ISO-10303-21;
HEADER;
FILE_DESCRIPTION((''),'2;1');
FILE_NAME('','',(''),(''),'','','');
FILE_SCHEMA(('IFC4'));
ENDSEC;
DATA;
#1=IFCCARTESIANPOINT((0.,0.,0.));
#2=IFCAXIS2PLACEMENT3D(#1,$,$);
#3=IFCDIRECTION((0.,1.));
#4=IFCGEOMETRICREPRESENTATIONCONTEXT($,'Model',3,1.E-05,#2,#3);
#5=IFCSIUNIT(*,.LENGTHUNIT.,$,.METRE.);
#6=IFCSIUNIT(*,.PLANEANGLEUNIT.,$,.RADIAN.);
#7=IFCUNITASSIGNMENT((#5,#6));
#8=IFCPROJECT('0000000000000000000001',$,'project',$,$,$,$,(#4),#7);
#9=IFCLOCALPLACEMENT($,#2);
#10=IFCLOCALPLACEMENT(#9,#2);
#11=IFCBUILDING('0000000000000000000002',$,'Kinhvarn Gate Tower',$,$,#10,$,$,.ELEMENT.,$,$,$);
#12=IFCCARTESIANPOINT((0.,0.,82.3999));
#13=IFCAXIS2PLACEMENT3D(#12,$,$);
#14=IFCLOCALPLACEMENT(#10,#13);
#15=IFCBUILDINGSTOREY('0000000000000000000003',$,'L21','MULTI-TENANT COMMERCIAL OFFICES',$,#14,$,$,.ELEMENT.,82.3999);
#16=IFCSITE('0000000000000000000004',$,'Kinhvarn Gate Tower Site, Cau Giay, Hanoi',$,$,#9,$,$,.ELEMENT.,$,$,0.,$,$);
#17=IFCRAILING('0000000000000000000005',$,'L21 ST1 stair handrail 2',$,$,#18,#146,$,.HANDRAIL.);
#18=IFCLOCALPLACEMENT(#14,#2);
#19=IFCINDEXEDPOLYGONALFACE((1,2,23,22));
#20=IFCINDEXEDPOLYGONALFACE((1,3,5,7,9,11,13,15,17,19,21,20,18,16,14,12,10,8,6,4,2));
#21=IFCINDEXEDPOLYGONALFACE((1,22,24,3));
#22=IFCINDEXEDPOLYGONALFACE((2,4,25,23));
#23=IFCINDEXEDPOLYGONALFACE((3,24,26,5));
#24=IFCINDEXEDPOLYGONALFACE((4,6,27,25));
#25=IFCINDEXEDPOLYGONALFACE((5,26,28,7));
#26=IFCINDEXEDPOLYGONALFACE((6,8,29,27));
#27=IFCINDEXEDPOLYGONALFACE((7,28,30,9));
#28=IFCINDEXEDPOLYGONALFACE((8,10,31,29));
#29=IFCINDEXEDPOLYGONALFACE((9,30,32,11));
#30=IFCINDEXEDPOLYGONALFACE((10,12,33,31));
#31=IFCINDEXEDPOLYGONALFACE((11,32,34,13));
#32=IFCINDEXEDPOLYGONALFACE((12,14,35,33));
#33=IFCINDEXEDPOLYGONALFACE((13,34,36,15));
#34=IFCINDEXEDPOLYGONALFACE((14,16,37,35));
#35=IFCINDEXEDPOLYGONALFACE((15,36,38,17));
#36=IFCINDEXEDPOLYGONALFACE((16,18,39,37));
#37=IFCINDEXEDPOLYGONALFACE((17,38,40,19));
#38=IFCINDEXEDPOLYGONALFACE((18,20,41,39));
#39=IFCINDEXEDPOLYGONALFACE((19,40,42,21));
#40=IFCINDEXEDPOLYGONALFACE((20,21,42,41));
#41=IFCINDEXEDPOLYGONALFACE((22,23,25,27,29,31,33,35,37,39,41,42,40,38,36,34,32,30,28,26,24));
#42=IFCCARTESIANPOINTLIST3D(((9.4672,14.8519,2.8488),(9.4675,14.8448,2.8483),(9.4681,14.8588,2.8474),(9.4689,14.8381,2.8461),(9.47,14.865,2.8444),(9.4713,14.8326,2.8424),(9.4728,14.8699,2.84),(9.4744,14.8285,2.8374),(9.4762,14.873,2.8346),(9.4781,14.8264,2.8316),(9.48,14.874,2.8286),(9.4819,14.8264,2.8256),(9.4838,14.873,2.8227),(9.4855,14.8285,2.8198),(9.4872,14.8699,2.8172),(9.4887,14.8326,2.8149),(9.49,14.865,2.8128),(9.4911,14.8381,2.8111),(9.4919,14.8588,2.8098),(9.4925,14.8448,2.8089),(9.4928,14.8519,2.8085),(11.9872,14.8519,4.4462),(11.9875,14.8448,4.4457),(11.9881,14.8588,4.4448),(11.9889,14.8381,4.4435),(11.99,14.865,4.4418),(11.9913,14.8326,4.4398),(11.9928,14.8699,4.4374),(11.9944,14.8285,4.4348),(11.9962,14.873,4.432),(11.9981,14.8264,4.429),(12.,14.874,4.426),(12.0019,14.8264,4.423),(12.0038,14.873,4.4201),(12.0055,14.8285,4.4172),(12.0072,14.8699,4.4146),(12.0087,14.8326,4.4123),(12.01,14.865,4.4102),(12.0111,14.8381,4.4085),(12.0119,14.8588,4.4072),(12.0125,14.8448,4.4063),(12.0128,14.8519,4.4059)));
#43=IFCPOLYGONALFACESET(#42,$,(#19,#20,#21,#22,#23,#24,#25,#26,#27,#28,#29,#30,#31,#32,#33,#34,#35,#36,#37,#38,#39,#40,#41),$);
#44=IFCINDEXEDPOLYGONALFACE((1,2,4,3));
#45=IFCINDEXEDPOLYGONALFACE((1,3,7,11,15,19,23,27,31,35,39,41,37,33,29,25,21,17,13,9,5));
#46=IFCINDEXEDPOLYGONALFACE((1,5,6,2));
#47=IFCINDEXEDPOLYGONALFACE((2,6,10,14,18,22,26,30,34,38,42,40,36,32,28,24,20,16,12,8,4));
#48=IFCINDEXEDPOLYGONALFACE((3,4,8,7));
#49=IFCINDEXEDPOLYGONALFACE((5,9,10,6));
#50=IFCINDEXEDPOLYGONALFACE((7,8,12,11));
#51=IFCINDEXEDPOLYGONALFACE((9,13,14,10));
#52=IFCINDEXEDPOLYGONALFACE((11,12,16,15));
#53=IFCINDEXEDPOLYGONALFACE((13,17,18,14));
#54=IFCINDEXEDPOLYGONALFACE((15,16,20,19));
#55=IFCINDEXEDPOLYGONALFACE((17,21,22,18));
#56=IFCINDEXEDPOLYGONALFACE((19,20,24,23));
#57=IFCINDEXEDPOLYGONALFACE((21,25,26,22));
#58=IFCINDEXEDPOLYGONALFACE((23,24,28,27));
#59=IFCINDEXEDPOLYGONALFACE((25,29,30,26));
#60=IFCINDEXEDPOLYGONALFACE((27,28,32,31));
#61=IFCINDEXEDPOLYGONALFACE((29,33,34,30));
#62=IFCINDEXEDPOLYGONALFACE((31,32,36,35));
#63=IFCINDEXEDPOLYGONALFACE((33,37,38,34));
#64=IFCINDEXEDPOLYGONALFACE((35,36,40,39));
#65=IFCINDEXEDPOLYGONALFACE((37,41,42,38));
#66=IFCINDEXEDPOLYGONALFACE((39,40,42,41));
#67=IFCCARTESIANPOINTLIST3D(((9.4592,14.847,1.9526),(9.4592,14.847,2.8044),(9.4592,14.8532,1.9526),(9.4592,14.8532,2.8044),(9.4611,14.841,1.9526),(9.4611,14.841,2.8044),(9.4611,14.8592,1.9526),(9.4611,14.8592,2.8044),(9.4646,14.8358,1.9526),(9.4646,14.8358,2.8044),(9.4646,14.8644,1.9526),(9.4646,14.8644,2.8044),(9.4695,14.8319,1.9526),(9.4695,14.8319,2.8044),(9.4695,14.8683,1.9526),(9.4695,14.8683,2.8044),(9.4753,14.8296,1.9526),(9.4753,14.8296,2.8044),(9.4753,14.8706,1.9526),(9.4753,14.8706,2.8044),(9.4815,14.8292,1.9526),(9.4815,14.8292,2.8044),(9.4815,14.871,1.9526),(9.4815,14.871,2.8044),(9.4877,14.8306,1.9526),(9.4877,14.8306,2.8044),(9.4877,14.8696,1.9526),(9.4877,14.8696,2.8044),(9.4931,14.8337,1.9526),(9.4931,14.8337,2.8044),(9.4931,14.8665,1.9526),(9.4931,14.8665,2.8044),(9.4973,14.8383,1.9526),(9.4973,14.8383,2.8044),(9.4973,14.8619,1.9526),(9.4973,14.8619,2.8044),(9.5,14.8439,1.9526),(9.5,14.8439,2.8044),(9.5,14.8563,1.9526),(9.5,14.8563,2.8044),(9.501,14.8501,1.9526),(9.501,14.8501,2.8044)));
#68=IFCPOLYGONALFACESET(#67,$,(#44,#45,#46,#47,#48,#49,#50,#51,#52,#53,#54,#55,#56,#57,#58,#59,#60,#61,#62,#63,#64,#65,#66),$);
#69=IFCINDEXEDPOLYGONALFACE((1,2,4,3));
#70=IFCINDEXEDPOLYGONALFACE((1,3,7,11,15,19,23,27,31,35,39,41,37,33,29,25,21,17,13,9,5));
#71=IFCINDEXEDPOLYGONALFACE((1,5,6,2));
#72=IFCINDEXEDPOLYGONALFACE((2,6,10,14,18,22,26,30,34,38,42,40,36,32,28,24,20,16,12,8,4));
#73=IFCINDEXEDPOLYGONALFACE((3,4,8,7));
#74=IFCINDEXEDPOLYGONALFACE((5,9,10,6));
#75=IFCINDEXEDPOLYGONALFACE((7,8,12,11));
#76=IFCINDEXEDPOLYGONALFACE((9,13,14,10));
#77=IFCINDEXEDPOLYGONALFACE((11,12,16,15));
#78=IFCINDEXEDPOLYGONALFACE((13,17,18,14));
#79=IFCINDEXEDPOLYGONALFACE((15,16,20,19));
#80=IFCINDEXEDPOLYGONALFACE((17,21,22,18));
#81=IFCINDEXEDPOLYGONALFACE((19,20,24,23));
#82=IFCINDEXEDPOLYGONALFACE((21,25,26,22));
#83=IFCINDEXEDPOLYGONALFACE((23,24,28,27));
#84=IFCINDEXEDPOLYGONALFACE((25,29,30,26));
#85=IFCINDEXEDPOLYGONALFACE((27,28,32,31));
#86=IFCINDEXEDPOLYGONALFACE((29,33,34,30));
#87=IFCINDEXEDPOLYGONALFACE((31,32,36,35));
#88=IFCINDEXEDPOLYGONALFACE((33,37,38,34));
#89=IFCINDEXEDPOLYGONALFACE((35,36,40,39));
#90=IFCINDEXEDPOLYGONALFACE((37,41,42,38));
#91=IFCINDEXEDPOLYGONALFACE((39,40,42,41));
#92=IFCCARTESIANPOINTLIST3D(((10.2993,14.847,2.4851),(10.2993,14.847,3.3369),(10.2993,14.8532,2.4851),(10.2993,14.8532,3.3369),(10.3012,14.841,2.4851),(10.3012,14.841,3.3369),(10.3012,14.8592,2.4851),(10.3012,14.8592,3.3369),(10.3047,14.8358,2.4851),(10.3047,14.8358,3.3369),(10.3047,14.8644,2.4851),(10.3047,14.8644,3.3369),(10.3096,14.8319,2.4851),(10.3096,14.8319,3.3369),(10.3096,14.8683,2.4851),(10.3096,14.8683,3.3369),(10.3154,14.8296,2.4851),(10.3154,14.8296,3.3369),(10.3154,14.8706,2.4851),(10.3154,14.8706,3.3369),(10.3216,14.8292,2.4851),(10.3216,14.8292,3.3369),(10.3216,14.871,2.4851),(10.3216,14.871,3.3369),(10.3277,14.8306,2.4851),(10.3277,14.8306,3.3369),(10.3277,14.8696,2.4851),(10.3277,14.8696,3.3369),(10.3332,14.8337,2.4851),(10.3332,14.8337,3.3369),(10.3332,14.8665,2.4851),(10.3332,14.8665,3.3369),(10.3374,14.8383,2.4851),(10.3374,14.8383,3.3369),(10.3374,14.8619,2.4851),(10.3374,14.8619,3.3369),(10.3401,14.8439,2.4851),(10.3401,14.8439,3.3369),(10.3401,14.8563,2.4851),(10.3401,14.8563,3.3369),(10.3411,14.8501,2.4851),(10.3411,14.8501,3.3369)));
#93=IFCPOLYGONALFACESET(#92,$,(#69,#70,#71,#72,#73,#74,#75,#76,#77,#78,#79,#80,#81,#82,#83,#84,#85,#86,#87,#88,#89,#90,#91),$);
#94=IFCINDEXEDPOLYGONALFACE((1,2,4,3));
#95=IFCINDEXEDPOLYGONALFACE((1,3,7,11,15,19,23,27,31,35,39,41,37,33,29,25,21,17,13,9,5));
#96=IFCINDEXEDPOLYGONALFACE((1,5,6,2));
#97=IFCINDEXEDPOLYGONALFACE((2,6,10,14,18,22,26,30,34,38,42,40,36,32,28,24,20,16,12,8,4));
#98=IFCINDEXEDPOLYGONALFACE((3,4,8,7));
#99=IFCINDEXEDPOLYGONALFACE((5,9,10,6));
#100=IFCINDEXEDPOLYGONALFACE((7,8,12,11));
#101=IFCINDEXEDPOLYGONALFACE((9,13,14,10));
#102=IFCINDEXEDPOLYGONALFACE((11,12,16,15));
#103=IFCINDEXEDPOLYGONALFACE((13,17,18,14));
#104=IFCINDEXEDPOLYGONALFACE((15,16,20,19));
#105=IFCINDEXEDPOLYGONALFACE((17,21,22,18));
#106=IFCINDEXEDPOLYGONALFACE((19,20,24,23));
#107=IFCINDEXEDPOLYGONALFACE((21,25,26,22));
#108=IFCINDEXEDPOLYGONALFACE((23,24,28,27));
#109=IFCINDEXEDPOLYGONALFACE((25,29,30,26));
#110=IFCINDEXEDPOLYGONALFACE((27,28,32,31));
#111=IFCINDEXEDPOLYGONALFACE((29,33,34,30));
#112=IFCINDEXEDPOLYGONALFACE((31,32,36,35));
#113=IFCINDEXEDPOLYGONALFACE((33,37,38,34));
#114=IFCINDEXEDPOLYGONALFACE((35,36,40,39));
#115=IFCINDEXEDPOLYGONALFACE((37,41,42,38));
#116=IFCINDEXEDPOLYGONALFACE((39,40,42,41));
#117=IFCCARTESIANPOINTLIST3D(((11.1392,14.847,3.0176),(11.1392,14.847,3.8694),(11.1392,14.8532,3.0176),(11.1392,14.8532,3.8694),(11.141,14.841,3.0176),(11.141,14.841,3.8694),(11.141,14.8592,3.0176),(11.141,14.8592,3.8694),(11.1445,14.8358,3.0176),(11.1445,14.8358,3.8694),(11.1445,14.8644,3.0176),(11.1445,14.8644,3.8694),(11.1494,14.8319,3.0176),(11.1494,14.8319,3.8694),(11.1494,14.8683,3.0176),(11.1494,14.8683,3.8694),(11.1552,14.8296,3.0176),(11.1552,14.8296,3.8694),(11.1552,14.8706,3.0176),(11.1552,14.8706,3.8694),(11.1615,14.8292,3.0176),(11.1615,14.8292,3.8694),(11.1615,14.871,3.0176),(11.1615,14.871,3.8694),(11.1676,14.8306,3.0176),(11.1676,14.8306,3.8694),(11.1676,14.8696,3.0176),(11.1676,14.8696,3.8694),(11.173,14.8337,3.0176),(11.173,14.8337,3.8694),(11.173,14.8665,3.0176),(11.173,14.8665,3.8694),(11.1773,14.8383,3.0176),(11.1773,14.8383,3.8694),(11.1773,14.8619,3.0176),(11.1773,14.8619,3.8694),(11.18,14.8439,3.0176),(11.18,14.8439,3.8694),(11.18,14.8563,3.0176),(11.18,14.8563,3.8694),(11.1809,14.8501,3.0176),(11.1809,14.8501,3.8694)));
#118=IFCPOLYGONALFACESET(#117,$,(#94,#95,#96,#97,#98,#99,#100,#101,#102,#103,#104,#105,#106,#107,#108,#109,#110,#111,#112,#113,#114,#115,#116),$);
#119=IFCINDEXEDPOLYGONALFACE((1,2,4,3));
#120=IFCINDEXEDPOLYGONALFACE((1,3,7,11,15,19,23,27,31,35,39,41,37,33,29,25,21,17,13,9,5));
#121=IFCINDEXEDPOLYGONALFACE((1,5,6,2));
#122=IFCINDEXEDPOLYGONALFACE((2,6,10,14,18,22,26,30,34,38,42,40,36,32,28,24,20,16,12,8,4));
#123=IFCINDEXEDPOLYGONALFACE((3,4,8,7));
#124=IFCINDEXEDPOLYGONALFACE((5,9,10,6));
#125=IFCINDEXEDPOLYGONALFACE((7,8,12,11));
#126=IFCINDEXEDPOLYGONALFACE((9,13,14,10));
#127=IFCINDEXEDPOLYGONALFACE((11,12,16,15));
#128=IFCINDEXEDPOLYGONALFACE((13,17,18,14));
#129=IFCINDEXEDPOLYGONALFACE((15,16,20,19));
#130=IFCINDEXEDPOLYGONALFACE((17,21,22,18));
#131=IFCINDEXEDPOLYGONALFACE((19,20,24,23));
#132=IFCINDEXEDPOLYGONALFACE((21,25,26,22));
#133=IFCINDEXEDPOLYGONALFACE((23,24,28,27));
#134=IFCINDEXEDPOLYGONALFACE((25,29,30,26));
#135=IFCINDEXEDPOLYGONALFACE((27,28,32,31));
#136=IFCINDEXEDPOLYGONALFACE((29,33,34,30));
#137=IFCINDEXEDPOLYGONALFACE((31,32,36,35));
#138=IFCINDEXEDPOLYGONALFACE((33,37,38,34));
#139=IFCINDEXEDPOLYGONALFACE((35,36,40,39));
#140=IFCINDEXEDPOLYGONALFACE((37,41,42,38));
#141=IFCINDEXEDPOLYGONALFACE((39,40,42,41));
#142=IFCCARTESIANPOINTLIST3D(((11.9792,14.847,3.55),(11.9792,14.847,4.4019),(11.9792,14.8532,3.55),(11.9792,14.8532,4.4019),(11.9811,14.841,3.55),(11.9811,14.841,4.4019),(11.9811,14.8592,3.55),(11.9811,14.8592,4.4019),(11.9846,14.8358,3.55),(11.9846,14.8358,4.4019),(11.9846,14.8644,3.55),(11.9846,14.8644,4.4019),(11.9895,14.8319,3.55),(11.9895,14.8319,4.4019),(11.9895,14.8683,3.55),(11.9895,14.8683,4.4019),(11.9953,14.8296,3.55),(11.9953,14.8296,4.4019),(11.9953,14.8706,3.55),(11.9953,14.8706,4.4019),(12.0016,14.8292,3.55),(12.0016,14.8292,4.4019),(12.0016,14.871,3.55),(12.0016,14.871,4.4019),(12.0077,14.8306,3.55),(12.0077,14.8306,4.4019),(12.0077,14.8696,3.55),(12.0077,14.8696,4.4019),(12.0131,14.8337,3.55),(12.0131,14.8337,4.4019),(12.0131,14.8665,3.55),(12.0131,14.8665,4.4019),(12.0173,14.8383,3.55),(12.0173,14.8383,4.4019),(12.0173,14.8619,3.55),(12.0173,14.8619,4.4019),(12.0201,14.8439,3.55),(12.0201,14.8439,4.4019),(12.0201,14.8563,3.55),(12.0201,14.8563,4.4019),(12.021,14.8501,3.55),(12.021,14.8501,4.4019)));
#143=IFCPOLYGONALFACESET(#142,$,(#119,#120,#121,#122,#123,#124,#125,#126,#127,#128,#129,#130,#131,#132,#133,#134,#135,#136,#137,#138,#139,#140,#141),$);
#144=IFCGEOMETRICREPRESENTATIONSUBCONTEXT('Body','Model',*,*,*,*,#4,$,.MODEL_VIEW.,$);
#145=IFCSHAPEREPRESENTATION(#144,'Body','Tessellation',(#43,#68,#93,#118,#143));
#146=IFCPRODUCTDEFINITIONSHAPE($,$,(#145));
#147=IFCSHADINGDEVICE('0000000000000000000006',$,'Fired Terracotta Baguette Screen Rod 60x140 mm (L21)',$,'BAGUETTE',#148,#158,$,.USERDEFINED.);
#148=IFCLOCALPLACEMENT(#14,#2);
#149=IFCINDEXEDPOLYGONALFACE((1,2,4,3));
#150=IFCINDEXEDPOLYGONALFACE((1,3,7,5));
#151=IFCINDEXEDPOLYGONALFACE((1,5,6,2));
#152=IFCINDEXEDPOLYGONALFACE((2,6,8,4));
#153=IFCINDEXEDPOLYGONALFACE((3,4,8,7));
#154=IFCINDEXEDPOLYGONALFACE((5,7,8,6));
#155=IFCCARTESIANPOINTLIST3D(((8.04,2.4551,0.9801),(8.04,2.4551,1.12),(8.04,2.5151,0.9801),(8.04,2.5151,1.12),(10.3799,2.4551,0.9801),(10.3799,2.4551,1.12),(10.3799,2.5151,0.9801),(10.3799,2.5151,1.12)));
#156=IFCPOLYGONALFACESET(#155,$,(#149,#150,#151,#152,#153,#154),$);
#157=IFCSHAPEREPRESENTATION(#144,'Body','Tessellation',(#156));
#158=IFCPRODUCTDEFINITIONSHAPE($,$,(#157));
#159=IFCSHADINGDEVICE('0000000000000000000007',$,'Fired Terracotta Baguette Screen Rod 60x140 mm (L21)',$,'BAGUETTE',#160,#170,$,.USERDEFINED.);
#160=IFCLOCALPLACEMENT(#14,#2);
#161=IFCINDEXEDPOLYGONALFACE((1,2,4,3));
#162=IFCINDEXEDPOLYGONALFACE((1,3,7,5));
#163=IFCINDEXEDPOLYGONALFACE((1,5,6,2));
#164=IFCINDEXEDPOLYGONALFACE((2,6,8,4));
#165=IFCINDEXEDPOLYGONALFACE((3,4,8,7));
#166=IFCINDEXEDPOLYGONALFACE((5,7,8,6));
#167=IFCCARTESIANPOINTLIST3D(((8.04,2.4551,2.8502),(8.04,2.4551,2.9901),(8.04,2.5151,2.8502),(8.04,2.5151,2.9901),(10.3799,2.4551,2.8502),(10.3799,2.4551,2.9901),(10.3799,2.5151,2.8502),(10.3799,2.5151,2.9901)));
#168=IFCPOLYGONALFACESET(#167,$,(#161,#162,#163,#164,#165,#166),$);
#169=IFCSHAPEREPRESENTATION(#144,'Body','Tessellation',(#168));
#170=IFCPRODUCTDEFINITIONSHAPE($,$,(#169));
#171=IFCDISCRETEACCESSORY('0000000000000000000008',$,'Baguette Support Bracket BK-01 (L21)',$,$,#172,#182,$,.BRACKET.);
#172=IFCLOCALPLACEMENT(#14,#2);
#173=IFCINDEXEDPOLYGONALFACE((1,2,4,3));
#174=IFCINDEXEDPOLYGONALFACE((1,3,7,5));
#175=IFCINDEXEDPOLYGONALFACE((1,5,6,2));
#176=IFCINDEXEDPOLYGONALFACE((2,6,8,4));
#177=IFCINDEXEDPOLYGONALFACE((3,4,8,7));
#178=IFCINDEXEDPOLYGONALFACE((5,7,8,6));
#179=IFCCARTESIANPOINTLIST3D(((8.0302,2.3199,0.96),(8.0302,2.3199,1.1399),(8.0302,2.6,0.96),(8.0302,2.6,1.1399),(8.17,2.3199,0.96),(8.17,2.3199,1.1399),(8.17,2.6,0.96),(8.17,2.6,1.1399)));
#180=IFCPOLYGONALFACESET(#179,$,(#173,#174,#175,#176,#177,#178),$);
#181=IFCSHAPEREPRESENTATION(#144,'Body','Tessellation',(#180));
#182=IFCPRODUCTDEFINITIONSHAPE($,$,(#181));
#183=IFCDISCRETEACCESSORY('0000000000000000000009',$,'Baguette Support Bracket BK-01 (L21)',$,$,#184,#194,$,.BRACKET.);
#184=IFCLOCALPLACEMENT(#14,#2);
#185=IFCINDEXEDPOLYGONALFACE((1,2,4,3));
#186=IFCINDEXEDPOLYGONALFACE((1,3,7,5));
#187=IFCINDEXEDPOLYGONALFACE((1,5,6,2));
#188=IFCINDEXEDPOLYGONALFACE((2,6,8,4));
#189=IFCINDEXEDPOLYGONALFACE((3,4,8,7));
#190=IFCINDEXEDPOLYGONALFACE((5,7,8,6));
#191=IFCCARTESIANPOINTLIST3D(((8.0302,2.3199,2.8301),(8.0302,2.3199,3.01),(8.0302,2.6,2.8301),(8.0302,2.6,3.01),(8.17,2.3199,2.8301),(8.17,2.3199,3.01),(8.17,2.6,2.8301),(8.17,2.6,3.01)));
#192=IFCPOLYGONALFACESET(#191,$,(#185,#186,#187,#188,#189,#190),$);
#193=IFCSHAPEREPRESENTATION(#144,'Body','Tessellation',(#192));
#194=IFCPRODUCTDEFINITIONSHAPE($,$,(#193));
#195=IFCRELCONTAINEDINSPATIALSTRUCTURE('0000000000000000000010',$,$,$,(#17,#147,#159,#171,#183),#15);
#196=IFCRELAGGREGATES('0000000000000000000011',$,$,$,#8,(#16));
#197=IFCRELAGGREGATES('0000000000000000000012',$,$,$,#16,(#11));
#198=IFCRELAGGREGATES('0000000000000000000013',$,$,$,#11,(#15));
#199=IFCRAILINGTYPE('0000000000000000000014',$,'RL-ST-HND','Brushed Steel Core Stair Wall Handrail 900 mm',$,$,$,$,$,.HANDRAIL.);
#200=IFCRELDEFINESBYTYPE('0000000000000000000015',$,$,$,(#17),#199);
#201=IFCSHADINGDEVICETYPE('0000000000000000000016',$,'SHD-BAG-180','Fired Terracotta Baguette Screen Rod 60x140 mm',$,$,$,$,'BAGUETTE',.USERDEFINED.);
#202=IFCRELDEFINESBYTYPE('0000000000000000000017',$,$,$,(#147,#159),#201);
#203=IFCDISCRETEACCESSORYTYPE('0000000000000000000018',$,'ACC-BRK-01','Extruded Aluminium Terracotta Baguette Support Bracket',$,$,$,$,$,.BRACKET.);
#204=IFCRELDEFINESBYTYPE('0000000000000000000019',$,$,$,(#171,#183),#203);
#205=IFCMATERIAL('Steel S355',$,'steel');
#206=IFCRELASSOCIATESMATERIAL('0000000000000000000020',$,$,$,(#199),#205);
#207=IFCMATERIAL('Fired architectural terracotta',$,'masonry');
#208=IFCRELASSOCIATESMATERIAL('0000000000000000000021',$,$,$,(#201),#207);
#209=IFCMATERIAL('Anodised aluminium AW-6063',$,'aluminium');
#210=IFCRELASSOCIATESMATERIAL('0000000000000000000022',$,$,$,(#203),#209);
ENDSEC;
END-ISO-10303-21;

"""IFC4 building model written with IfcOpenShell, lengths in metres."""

from ifc_helpers import new_model, si_unit, direction, frame, origin, origin_2d, place, context, subcontext, project, spatial, rectangle, circle, extrude, material, material_profile, profile_set, type_object, element, save


model = new_model("IFC4")

# Units and contexts
model_context = context("Model", 3, precision=1e-05, world=origin(), true_north=direction((0.0, 1.0)))
body_context = subcontext(model_context, "Body", "Model", "MODEL_VIEW")
ifc_project = project(units=[si_unit("LENGTHUNIT", "METRE"), si_unit("PLANEANGLEUNIT", "RADIAN")], contexts=[model_context])

# Site, building, storey
site_placement = place(None, origin())
site = spatial("IfcSite", under=ifc_project, at=site_placement, Name="Kinhvarn Gate Tower Site, Cau Giay, Hanoi", CompositionType="ELEMENT", RefElevation=0.0)
building_placement = place(site_placement, origin())
building = spatial("IfcBuilding", under=site, at=building_placement, Name="Kinhvarn Gate Tower", CompositionType="ELEMENT")
storey_placement = place(building_placement, frame((0.0, 0.0, 82.3999)))
storey = spatial("IfcBuildingStorey", under=building, at=storey_placement, Name="L21", Description="MULTI-TENANT COMMERCIAL OFFICES", CompositionType="ELEMENT", Elevation=82.3999)

# Shared definitions
ifc_material_1 = material(Name="Anodised aluminium AW-6063", Category="aluminium")

# Shared definitions
ifc_material_2 = material(Name="Steel S355", Category="steel")

# Shared definitions
ifc_material_3 = material(Name="Fired architectural terracotta", Category="masonry")

# Railing
railing_type_1 = type_object("IfcRailingType", Name="RL-ST-HND", Description="Brushed Steel Core Stair Wall Handrail 900 mm", PredefinedType="HANDRAIL", material=ifc_material_2)
railing_1_placement = place(storey_placement, frame((9.48, 14.8501, 1.9526)))
element("IfcRailing", 1, at=railing_1_placement, inside=storey, type_object=railing_type_1, Name="L21 ST1 stair handrail 2", PredefinedType="HANDRAIL", context=body_context, shape_type="SweptSolid", body=[
    extrude(circle(Radius=0.0239, at=origin_2d()), frame((0.0, 0.0, 0.876), z_axis=(0.844607, 0.0, 0.535387), x_axis=(0.0, 1.0, 0.0)), (0.0, 0.0, 1.0), 2.9836),
    extrude(circle(Radius=0.021, at=origin_2d()), origin(), (0.0, 0.0, 1.0), 0.8518),
    extrude(circle(Radius=0.021, at=origin_2d()), frame((0.8401, 0.0, 0.5325)), (0.0, 0.0, 1.0), 0.8518),
    extrude(circle(Radius=0.021, at=origin_2d()), frame((1.6799, 0.0, 1.0649)), (0.0, 0.0, 1.0), 0.8518),
    extrude(circle(Radius=0.021, at=origin_2d()), frame((2.52, 0.0, 1.5974)), (0.0, 0.0, 1.0), 0.8518),
])

# Shading devices
ifc_material_profile_1 = material_profile(ifc_material_3, rectangle(XDim=0.0601, YDim=0.1399, at=origin_2d()), Name="TC 60x140")
ifc_profile_set_1 = profile_set([ifc_material_profile_1], Name="Fired architectural terracotta")
shading_device_type = type_object("IfcShadingDeviceType", Name="SHD-BAG-180", Description="Fired Terracotta Baguette Screen Rod 60x140 mm", ElementType="BAGUETTE", PredefinedType="USERDEFINED", material=ifc_profile_set_1)
for number, where, z_axis, x_axis, name in (
    (2, (8.04, 2.4851, 1.05), (1.0, 0.0, 0.0), (0.0, 1.0, 0.0), "Fired Terracotta Baguette Screen Rod 60x140 mm (L21)"),
    (3, (8.04, 2.4851, 2.9202), (1.0, 0.0, 0.0), (0.0, 1.0, 0.0), "Fired Terracotta Baguette Screen Rod 60x140 mm (L21)"),
):
    element("IfcShadingDevice", number, at=place(storey_placement, frame(where, z_axis=z_axis, x_axis=x_axis)), inside=storey, type_object=shading_device_type, Name=name, ObjectType="BAGUETTE", PredefinedType="USERDEFINED", context=body_context, shape_type="SweptSolid", body=[
        extrude(rectangle(XDim=0.0601, YDim=0.1399, at=origin_2d()), origin(), (0.0, 0.0, 1.0), 2.3398),
    ])

# Discrete accessories
discrete_accessory_type = type_object("IfcDiscreteAccessoryType", Name="ACC-BRK-01", Description="Extruded Aluminium Terracotta Baguette Support Bracket", PredefinedType="BRACKET", material=ifc_material_1)
for number, where, z_axis, x_axis, name in (
    (4, (8.1001, 2.46, 0.96), (0.0, 0.0, 1.0), (1.0, 0.0, 0.0), "Baguette Support Bracket BK-01 (L21)"),
    (5, (8.1001, 2.46, 2.8301), (0.0, 0.0, 1.0), (1.0, 0.0, 0.0), "Baguette Support Bracket BK-01 (L21)"),
):
    element("IfcDiscreteAccessory", number, at=place(storey_placement, frame(where, z_axis=z_axis, x_axis=x_axis)), inside=storey, type_object=discrete_accessory_type, Name=name, PredefinedType="BRACKET", context=body_context, shape_type="SweptSolid", body=[
        extrude(rectangle(XDim=0.1399, YDim=0.28, at=origin_2d()), origin(), (0.0, 0.0, 1.0), 0.1799),
    ])

save(model, "model.ifc")
